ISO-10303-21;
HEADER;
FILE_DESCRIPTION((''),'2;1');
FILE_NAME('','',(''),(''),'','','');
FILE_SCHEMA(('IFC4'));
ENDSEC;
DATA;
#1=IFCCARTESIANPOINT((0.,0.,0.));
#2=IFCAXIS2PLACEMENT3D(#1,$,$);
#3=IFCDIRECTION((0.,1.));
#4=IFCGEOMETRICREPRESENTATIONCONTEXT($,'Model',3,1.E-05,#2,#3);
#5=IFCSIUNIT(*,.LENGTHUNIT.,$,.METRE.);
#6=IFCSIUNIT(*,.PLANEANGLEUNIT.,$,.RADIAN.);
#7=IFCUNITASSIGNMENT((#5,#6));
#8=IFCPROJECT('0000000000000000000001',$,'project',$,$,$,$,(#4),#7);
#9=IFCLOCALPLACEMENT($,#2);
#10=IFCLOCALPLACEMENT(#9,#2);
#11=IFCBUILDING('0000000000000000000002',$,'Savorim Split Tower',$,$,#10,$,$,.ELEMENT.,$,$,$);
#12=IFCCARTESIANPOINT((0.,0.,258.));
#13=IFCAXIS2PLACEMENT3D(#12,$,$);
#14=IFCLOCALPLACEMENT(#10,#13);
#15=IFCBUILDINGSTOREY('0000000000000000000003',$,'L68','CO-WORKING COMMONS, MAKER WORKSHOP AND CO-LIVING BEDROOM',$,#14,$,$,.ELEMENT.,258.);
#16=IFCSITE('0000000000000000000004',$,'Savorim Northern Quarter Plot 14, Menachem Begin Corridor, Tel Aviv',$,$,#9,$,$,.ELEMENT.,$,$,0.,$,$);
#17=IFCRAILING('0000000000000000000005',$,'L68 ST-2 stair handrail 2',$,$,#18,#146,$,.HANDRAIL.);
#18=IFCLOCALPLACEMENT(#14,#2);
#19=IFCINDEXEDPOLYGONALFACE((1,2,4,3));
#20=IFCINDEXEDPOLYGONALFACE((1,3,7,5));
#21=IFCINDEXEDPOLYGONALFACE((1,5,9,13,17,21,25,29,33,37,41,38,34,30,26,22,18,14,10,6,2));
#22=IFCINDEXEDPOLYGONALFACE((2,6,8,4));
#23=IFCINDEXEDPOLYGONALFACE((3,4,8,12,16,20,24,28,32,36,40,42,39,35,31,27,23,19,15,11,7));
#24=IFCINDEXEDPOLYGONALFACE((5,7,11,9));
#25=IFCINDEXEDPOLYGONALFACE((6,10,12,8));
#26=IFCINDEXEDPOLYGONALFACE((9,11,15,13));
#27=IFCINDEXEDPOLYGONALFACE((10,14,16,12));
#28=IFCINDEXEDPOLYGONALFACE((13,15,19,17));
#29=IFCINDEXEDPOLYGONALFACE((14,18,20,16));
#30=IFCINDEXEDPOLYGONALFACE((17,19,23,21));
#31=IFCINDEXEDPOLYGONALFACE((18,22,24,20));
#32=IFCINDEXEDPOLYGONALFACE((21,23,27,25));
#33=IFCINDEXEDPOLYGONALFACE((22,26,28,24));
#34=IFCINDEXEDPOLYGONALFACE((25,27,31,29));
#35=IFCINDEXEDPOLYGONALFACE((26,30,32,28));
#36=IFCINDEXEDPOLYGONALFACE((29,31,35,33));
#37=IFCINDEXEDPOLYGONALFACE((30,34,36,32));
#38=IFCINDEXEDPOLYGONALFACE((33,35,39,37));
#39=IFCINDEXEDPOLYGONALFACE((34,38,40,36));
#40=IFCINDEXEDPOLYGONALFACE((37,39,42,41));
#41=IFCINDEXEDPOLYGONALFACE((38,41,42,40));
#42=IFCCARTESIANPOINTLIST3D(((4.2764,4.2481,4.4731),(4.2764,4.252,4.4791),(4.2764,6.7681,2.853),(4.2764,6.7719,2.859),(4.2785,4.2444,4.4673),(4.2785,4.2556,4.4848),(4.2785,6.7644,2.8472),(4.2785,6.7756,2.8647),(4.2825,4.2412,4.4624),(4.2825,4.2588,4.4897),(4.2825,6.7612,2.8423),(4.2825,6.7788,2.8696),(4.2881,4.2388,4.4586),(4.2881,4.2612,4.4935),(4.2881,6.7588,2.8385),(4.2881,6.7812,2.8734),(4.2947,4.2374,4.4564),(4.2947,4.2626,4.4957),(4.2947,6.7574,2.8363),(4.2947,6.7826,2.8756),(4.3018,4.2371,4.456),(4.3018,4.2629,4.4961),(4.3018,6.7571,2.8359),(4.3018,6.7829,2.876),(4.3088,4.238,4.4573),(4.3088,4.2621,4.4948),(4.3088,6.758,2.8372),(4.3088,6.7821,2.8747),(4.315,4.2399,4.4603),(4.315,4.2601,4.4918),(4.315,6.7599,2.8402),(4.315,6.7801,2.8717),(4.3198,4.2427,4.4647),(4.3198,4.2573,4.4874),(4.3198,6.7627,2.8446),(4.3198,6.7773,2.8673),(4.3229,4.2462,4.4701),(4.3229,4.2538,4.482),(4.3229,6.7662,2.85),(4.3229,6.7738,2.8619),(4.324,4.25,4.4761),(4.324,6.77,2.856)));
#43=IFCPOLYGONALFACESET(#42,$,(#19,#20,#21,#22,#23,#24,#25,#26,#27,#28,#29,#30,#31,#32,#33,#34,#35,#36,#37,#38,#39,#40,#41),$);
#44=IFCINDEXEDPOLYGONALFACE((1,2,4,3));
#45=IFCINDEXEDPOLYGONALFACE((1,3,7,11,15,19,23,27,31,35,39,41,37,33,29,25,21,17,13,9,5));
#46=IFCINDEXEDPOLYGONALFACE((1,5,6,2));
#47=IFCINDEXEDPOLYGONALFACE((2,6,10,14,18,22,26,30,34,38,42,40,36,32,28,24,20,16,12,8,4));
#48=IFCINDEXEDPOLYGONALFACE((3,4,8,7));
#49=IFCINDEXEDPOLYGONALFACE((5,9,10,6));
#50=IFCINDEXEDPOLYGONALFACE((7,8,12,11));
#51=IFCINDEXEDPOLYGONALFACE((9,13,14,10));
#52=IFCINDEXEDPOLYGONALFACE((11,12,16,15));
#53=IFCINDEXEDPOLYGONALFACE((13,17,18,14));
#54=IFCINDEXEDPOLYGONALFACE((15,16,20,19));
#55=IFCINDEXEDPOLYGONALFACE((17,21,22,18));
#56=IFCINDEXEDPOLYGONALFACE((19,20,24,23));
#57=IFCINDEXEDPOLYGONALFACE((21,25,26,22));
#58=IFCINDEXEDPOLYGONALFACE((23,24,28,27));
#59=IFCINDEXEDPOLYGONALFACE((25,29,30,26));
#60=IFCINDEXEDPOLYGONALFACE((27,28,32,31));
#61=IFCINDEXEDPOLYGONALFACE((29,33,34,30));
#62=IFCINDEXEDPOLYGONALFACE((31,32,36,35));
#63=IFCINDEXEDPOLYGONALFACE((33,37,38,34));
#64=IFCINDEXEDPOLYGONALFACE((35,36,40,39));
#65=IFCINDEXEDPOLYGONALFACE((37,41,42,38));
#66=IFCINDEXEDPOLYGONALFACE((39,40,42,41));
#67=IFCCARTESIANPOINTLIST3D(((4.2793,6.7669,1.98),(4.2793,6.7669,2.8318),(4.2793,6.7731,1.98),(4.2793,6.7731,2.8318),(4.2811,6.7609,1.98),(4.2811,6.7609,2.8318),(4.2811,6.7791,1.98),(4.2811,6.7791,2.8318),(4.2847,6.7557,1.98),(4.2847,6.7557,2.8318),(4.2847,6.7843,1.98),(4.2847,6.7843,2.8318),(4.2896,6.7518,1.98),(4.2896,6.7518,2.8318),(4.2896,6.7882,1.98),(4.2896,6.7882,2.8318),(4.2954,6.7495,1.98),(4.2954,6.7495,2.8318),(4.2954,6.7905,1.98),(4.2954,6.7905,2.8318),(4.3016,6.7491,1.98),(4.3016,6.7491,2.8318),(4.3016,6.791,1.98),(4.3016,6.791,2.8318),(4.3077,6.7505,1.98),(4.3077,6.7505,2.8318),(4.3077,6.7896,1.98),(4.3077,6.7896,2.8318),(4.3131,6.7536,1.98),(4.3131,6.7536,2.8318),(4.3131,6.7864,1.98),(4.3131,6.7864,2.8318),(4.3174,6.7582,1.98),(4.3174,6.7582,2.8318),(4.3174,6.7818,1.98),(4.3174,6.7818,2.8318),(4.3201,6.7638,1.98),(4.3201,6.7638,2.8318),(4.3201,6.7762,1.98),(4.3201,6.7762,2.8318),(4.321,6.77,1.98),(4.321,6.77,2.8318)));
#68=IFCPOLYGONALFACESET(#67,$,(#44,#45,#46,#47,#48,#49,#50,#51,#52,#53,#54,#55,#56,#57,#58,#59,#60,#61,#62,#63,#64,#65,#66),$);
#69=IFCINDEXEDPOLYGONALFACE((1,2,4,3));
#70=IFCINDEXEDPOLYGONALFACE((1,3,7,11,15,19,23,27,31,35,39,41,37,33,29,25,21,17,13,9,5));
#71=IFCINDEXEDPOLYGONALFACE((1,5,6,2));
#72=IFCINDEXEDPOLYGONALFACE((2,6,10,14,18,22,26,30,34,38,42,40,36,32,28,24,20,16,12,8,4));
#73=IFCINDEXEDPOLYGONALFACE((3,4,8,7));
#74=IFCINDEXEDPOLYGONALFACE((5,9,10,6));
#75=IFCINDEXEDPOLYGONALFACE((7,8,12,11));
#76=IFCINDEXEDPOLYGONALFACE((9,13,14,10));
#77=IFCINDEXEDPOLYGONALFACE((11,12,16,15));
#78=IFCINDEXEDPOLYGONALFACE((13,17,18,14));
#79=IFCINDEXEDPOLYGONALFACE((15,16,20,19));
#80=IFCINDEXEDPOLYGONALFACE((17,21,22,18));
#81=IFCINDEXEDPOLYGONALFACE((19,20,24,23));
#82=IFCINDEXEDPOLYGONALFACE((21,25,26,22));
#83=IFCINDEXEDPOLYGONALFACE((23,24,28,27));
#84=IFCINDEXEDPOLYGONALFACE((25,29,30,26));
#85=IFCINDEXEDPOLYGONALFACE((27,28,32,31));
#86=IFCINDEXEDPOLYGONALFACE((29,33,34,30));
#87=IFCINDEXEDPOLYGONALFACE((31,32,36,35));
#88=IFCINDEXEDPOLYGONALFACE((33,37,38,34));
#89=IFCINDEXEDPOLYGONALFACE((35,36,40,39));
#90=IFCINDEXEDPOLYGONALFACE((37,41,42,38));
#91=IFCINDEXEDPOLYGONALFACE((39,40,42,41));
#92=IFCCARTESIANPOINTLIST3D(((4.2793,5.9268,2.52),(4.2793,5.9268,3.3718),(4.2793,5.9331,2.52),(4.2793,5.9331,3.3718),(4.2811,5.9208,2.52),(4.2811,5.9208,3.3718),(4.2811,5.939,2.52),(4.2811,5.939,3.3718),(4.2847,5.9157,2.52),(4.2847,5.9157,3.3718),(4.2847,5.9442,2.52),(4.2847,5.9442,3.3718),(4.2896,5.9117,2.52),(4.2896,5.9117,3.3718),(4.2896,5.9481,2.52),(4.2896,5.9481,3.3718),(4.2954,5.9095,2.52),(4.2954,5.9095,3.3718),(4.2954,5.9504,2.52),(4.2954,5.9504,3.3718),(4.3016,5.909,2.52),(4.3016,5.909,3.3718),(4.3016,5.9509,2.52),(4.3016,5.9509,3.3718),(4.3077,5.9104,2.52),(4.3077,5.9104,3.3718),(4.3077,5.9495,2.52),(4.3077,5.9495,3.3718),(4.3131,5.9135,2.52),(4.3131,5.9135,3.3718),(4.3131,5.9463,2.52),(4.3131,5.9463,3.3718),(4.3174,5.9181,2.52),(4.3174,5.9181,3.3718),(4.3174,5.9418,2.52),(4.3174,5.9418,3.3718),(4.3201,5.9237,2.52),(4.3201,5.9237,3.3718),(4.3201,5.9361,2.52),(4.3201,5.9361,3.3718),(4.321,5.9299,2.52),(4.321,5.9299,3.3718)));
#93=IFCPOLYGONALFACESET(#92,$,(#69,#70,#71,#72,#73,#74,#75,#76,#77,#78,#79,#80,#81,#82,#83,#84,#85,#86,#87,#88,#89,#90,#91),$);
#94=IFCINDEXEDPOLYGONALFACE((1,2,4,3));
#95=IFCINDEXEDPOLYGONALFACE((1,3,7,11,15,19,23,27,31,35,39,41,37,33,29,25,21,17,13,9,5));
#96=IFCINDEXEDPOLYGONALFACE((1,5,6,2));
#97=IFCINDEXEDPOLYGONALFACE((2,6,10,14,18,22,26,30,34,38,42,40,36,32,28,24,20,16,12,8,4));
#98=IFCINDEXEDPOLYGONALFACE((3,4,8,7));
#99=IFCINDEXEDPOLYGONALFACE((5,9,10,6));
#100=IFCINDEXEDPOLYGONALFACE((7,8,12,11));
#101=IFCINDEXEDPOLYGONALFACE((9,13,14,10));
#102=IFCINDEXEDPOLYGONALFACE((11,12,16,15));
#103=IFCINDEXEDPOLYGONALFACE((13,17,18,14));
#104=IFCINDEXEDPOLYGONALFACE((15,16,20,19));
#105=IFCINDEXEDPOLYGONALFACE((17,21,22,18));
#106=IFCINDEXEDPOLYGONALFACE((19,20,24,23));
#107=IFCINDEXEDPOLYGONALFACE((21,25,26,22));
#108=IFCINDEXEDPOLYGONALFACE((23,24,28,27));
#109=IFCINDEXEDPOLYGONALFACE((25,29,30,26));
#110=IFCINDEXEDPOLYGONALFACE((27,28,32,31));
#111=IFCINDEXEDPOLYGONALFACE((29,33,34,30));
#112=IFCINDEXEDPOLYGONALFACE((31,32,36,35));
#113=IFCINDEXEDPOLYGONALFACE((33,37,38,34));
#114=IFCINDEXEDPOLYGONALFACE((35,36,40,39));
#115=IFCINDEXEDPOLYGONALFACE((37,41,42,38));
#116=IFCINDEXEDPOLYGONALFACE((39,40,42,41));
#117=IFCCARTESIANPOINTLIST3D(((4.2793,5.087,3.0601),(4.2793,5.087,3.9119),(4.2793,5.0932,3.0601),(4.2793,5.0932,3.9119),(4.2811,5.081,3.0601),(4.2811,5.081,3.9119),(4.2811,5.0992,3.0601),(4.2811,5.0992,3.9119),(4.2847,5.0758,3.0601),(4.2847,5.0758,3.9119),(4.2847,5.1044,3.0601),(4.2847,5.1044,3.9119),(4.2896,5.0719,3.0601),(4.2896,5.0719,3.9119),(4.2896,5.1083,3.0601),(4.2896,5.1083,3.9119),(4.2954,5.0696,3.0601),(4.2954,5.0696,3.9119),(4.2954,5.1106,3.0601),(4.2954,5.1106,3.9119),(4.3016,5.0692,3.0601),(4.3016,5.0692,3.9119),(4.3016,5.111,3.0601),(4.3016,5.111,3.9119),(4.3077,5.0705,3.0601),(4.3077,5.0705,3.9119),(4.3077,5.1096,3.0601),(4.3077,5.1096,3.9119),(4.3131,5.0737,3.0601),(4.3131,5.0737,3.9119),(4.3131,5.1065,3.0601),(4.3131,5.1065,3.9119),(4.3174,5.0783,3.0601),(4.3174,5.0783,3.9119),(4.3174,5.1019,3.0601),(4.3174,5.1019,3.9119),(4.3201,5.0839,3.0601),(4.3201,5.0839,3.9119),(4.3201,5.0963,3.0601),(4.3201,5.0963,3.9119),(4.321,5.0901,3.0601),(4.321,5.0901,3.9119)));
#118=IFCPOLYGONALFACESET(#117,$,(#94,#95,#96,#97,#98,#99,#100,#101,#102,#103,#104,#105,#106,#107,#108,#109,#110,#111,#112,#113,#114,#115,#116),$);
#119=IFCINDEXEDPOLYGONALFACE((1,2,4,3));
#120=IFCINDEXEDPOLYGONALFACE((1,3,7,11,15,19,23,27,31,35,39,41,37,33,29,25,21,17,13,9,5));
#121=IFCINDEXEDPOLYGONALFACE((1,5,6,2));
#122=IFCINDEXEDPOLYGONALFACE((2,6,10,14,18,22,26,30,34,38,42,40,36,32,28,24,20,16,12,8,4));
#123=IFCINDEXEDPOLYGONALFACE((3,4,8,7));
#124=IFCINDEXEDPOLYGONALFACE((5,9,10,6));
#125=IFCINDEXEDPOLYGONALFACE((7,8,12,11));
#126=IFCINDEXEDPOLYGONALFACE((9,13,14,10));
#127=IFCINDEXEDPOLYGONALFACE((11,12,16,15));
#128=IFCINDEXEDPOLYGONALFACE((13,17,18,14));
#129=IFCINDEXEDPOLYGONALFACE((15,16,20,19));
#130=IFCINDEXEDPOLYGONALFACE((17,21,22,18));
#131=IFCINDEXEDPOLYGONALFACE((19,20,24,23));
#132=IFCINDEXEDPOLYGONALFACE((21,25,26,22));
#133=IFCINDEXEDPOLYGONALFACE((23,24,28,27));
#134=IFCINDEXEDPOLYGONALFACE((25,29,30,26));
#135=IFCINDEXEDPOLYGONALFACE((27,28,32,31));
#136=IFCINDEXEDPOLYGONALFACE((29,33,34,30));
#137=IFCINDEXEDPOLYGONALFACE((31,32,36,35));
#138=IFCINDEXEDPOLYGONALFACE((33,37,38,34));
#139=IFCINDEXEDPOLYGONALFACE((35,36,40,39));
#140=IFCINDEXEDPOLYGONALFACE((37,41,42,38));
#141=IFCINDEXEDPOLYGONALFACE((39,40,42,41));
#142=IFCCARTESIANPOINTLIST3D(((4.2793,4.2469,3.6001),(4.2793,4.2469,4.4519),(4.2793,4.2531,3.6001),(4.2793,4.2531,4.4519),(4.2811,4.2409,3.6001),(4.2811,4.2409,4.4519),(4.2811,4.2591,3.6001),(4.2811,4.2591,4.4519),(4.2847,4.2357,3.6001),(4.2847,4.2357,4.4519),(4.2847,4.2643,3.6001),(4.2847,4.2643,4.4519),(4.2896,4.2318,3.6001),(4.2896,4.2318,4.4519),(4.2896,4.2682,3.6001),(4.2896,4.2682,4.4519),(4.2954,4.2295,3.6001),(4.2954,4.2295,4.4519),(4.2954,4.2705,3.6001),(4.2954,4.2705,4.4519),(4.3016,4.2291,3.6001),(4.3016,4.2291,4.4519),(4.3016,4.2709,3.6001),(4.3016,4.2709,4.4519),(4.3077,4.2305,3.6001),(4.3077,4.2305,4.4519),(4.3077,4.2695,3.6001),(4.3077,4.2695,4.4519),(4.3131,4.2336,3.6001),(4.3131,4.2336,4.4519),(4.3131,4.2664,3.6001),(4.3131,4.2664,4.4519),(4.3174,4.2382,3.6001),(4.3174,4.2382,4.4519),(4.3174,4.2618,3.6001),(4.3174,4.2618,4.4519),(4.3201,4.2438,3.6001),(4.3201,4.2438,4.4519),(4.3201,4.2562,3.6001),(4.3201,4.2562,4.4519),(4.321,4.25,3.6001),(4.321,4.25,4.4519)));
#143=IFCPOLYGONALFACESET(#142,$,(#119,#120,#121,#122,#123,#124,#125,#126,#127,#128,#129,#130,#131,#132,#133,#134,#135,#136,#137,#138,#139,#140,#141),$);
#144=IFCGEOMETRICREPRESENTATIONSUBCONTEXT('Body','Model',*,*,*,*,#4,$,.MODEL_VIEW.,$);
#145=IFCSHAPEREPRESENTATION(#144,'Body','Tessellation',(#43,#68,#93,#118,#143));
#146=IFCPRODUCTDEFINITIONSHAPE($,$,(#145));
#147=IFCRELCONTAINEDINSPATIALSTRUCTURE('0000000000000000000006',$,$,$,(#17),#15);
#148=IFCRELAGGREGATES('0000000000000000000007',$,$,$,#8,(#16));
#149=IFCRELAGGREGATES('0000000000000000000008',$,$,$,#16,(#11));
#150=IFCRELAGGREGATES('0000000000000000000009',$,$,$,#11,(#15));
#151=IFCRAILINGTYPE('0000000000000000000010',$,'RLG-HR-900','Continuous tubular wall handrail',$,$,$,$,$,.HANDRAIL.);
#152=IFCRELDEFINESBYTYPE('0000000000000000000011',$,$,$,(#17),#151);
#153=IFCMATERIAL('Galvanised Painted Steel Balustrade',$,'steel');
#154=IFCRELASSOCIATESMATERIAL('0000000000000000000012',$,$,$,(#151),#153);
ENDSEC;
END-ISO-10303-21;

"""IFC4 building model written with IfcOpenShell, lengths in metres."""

from ifc_helpers import new_model, si_unit, direction, frame, origin, origin_2d, place, context, subcontext, project, spatial, circle, extrude, material, type_object, element, save


model = new_model("IFC4")

# Units and contexts
model_context = context("Model", 3, precision=1e-05, world=origin(), true_north=direction((0.0, 1.0)))
body_context = subcontext(model_context, "Body", "Model", "MODEL_VIEW")
ifc_project = project(units=[si_unit("LENGTHUNIT", "METRE"), si_unit("PLANEANGLEUNIT", "RADIAN")], contexts=[model_context])

# Site, building, storey
site_placement = place(None, origin())
site = spatial("IfcSite", under=ifc_project, at=site_placement, Name="Savorim Northern Quarter Plot 14, Menachem Begin Corridor, Tel Aviv", CompositionType="ELEMENT", RefElevation=0.0)
building_placement = place(site_placement, origin())
building = spatial("IfcBuilding", under=site, at=building_placement, Name="Savorim Split Tower", CompositionType="ELEMENT")
storey_placement = place(building_placement, frame((0.0, 0.0, 258.0)))
storey = spatial("IfcBuildingStorey", under=building, at=storey_placement, Name="L68", Description="CO-WORKING COMMONS, MAKER WORKSHOP AND CO-LIVING BEDROOM", CompositionType="ELEMENT", Elevation=258.0)

# Railing
ifc_material_1 = material(Name="Galvanised Painted Steel Balustrade", Category="steel")
railing_type_1 = type_object("IfcRailingType", Name="RLG-HR-900", Description="Continuous tubular wall handrail", PredefinedType="HANDRAIL", material=ifc_material_1)
railing_1_placement = place(storey_placement, frame((4.3, 6.77, 1.98)))
element("IfcRailing", 1, at=railing_1_placement, inside=storey, type_object=railing_type_1, Name="L68 ST-2 stair handrail 2", PredefinedType="HANDRAIL", context=body_context, shape_type="SweptSolid", body=[
    extrude(circle(Radius=0.0239, at=origin_2d()), frame((0.0, 0.0, 0.876), z_axis=(0.0, -0.841163, 0.540782), x_axis=(1.0, 0.0, 0.0)), (0.0, 0.0, 1.0), 2.9958),
    extrude(circle(Radius=0.021, at=origin_2d()), origin(), (0.0, 0.0, 1.0), 0.8518),
    extrude(circle(Radius=0.021, at=origin_2d()), frame((0.0, -0.8401, 0.54)), (0.0, 0.0, 1.0), 0.8518),
    extrude(circle(Radius=0.021, at=origin_2d()), frame((0.0, -1.6799, 1.0801)), (0.0, 0.0, 1.0), 0.8518),
    extrude(circle(Radius=0.021, at=origin_2d()), frame((0.0, -2.52, 1.6201)), (0.0, 0.0, 1.0), 0.8518),
])

save(model, "model.ifc")
